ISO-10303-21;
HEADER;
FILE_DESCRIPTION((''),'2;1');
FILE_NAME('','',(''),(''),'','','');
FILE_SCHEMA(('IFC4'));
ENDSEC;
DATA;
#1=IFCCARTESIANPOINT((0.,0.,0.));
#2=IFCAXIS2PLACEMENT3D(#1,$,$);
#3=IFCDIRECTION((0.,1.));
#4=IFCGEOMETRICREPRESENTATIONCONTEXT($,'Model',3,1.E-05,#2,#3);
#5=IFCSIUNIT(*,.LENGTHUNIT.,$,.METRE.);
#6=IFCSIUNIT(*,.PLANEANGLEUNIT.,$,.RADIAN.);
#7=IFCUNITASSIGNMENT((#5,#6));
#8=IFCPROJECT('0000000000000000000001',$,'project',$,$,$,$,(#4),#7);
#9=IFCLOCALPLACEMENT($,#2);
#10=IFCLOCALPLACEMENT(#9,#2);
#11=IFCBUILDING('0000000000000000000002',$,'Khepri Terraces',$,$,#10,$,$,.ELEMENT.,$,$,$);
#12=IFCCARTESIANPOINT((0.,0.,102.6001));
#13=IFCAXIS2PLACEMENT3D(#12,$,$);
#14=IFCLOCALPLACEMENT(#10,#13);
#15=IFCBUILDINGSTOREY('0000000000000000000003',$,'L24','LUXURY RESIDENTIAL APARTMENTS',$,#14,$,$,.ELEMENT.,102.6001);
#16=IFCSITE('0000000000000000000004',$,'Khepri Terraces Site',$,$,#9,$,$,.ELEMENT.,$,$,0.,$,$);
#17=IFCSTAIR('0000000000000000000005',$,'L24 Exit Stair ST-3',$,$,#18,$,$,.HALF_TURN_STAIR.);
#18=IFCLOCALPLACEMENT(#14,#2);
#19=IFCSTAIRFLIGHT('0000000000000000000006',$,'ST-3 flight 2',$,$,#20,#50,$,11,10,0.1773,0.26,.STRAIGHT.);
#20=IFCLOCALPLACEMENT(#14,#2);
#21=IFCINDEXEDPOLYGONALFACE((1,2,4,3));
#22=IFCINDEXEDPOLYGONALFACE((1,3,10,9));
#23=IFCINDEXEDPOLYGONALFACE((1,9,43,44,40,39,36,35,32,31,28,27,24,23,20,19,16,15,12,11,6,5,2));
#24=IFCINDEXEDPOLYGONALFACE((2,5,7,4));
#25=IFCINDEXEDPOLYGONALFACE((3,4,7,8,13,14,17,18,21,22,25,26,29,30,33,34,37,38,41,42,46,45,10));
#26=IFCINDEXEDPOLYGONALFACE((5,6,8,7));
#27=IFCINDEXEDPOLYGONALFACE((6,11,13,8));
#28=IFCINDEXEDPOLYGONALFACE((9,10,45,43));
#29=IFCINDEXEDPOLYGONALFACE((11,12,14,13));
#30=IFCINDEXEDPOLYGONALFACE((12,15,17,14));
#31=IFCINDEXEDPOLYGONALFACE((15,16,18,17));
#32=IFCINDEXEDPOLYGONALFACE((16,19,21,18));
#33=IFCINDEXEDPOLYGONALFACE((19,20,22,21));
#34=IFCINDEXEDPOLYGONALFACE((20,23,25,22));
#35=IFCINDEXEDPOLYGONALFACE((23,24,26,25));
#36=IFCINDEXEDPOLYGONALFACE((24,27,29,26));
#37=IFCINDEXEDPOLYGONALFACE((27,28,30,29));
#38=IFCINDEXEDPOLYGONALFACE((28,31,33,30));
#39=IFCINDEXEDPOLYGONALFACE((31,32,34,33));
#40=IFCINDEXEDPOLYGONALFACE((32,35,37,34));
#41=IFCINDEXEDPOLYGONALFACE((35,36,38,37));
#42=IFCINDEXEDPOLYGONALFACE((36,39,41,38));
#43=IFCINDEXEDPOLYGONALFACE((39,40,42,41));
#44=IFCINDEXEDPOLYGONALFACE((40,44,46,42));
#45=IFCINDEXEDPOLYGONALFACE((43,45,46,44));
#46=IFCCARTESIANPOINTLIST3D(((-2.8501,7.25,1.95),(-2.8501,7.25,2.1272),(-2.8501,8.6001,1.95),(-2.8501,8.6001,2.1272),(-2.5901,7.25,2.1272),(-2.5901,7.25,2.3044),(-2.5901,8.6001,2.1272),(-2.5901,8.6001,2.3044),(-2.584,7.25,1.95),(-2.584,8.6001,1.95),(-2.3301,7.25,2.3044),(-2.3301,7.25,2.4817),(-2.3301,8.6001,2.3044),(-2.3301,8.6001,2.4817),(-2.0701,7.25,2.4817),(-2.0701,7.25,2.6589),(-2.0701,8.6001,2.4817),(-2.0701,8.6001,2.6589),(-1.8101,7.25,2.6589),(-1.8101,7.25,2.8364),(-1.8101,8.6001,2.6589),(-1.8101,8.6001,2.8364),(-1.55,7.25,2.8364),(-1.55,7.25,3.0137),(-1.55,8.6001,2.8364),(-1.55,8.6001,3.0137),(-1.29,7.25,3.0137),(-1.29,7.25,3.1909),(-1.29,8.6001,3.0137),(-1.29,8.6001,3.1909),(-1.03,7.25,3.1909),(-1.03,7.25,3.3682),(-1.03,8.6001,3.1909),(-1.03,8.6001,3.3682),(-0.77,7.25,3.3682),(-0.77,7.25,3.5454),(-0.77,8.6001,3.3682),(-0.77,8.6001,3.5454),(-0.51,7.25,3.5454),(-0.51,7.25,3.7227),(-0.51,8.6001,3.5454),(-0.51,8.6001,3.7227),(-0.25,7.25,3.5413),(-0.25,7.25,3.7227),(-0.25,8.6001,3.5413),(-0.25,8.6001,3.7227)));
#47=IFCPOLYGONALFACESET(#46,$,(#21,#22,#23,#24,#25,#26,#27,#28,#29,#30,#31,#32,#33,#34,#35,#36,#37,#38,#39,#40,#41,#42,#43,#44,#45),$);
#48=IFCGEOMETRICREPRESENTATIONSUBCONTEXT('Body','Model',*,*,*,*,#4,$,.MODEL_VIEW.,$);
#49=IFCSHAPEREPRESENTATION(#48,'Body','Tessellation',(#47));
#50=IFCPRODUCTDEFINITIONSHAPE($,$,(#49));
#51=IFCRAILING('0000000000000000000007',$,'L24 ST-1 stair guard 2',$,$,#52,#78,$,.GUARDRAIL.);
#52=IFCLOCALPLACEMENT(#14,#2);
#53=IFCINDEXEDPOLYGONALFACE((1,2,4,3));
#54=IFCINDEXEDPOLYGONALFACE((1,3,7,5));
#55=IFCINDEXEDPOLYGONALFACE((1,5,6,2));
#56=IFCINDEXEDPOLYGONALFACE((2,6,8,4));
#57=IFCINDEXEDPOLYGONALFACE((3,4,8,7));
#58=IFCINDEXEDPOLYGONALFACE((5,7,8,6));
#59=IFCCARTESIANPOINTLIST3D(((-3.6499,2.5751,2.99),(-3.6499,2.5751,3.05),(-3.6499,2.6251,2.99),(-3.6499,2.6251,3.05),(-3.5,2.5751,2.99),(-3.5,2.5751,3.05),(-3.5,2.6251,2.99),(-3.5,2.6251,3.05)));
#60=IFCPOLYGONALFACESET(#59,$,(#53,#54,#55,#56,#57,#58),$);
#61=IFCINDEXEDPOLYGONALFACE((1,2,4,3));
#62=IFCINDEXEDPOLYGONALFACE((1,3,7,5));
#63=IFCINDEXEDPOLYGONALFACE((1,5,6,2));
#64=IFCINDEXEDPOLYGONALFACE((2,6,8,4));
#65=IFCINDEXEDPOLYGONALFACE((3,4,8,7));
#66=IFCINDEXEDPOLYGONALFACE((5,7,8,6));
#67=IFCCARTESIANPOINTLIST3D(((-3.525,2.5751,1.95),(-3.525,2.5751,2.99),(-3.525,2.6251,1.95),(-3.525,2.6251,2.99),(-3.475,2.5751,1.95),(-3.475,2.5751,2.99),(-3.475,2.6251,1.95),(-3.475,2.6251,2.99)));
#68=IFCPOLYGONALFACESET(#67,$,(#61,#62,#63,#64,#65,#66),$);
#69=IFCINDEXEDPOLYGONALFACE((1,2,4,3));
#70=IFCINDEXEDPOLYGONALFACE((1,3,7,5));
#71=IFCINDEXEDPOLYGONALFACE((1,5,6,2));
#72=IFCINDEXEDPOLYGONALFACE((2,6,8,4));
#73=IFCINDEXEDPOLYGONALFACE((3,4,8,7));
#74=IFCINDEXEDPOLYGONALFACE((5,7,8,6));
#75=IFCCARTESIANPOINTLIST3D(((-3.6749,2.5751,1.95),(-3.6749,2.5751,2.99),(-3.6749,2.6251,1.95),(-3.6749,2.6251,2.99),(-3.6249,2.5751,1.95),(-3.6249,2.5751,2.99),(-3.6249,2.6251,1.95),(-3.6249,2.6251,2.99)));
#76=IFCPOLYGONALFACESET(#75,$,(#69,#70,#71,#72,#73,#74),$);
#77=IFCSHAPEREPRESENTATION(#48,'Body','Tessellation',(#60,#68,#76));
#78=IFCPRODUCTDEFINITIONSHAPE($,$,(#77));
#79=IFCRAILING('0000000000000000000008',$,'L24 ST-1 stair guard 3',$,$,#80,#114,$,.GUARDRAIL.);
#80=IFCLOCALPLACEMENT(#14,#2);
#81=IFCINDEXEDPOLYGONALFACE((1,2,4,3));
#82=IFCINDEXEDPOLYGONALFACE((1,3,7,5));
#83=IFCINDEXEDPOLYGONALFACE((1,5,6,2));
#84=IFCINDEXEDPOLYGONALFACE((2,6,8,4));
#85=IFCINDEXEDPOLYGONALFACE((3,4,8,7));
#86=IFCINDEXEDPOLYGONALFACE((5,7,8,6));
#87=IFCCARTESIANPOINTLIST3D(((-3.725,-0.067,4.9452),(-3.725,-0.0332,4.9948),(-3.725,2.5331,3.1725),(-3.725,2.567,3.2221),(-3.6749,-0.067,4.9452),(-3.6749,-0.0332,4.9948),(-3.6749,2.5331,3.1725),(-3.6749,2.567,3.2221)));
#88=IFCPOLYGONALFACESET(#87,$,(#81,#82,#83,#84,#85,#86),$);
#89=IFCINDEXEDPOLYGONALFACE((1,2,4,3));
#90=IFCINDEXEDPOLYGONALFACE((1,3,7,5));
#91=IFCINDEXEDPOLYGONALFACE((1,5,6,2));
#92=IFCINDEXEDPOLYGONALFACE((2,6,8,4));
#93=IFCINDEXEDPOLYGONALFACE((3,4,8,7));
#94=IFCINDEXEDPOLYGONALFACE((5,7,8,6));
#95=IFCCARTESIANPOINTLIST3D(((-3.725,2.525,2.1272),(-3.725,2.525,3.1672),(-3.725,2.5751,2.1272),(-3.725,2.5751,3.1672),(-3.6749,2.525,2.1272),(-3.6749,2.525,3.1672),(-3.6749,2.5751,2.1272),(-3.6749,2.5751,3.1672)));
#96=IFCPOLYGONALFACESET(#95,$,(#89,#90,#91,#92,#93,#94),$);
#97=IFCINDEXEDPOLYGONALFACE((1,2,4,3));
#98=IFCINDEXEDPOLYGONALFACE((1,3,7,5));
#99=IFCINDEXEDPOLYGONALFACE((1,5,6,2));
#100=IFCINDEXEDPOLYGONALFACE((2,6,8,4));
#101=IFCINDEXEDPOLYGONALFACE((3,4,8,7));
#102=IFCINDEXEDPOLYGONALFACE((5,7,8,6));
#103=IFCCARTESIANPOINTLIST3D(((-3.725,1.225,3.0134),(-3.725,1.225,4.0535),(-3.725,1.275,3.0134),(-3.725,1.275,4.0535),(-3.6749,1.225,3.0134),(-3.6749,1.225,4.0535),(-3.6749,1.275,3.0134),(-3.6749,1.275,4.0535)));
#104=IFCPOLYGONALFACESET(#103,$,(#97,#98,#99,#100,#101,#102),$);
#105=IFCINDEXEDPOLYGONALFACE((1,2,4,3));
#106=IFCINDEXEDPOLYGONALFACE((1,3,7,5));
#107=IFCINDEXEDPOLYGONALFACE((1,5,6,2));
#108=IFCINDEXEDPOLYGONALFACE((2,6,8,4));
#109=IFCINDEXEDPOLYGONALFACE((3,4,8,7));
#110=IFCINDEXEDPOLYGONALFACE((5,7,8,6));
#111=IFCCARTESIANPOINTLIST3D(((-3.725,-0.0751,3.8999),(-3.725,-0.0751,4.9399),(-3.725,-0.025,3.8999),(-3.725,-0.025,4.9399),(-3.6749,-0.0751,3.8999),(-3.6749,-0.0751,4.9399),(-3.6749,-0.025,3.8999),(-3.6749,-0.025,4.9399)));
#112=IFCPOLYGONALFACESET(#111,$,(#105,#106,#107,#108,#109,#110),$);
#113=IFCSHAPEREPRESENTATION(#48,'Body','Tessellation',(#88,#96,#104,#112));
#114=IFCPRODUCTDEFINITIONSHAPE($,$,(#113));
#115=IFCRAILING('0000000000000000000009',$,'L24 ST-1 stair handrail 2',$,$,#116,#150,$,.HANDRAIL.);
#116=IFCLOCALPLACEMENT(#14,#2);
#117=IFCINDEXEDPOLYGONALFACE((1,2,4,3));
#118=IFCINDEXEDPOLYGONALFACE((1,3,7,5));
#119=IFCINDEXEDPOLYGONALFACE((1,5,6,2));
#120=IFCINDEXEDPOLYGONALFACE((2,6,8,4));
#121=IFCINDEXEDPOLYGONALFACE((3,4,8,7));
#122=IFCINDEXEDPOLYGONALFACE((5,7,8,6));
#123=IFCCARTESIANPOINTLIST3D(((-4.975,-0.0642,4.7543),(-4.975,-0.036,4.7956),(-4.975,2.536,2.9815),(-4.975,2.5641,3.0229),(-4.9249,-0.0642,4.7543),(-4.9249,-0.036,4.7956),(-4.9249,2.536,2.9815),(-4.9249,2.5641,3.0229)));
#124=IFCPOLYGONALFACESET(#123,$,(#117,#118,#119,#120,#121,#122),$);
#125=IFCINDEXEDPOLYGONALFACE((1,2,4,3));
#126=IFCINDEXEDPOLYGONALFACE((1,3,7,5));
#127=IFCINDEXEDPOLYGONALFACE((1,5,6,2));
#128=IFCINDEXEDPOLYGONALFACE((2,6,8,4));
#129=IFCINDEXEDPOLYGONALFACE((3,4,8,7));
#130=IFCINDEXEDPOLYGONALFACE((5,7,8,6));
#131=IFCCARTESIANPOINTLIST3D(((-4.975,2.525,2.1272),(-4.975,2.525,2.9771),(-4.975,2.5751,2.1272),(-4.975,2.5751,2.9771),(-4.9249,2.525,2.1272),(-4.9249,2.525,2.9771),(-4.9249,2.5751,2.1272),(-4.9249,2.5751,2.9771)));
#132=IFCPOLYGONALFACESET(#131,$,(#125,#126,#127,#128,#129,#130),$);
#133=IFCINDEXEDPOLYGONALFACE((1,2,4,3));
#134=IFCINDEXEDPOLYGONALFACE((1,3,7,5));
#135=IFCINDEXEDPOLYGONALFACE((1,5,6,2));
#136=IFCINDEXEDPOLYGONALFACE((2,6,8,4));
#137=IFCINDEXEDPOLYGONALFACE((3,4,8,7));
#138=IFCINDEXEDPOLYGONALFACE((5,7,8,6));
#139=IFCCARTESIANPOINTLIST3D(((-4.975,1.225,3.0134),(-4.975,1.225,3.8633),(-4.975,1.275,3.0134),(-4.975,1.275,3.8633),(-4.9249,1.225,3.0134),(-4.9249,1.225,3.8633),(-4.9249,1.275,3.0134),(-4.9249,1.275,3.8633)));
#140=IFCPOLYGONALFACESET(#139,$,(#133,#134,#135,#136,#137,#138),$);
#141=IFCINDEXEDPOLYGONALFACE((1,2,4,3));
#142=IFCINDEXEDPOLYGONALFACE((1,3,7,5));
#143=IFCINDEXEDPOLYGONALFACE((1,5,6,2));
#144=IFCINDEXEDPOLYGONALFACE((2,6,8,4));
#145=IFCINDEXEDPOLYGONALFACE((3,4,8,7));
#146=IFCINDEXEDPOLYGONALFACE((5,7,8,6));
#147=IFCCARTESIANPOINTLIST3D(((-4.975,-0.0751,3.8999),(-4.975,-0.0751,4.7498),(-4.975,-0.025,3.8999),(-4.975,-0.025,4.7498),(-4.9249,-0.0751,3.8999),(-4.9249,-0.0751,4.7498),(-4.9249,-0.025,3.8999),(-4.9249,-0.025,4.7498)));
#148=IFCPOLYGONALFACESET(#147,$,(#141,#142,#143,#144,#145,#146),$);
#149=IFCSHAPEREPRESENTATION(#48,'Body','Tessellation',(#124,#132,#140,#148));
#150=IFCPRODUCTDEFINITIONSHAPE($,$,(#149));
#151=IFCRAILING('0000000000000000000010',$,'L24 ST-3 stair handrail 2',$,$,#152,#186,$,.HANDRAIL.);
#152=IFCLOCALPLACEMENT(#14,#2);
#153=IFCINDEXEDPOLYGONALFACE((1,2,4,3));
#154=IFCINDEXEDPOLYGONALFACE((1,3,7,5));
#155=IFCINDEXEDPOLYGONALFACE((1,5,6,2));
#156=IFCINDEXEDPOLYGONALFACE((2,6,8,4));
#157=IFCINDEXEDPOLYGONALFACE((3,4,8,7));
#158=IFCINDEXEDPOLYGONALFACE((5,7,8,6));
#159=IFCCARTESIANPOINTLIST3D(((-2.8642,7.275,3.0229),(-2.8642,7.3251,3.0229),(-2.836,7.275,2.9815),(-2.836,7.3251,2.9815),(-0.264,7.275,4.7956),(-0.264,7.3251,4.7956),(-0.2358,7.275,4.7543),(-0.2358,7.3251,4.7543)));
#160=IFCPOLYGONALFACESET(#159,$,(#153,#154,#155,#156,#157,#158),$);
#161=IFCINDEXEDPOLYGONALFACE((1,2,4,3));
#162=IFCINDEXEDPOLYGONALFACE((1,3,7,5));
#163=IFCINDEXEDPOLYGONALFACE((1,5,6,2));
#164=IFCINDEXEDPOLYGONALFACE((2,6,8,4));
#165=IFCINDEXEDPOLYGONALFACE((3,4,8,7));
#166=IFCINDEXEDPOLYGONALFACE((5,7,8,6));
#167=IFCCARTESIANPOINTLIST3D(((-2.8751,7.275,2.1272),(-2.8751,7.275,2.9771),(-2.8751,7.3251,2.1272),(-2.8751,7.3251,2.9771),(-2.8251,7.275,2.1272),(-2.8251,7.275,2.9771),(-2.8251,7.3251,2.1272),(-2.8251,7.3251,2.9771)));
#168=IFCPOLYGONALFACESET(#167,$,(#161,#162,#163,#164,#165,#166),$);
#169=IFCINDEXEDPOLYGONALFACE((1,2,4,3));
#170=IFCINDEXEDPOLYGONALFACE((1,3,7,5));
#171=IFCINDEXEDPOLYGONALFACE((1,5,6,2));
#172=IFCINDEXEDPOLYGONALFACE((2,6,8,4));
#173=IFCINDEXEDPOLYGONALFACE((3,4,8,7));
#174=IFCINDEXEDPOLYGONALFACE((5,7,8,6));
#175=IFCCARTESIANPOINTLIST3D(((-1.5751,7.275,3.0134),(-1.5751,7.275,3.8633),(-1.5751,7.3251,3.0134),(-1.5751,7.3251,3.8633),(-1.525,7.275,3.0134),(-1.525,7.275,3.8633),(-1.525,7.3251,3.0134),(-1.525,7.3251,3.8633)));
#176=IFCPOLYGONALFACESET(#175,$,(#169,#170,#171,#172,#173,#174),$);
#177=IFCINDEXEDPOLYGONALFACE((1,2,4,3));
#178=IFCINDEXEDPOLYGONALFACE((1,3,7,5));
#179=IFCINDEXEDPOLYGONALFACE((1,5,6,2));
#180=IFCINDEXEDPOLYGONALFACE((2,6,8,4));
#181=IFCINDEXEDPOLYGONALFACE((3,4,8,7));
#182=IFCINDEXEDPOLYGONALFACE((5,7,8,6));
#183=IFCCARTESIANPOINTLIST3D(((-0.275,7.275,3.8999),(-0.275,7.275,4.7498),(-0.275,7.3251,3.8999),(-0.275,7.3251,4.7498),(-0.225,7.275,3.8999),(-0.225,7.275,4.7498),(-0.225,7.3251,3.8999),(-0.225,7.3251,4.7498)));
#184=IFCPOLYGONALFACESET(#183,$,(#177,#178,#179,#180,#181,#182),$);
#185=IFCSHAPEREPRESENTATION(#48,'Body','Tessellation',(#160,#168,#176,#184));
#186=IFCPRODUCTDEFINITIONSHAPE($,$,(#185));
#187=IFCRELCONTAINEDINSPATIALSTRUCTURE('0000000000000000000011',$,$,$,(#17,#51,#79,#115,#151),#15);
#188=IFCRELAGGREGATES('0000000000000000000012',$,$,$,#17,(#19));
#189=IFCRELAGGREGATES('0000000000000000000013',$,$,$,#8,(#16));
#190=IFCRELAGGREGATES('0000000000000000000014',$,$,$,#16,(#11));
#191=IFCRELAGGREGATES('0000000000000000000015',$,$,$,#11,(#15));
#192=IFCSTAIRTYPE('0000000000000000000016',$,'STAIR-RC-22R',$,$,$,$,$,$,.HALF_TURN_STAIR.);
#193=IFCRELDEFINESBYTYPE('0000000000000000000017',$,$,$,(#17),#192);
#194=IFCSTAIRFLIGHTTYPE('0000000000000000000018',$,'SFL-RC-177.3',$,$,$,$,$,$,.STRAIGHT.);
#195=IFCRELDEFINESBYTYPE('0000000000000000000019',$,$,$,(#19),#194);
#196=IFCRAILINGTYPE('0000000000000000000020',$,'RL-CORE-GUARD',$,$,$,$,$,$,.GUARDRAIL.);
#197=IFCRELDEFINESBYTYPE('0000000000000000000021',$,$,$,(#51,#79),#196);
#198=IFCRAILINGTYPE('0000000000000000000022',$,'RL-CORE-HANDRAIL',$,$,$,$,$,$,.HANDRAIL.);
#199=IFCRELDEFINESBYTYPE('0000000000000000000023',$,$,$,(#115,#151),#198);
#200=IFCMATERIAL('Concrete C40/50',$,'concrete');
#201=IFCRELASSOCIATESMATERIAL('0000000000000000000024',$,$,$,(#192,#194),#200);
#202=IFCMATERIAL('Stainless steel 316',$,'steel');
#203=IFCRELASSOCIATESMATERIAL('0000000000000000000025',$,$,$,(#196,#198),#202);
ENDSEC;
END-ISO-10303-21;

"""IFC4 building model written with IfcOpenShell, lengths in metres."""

from ifc_helpers import new_model, si_unit, direction, frame, origin, origin_2d, place, context, subcontext, project, spatial, polyline, rectangle, outline, extrude, material, type_object, element, aggregate, save


model = new_model("IFC4")

# Units and contexts
model_context = context("Model", 3, precision=1e-05, world=origin(), true_north=direction((0.0, 1.0)))
body_context = subcontext(model_context, "Body", "Model", "MODEL_VIEW")
ifc_project = project(units=[si_unit("LENGTHUNIT", "METRE"), si_unit("PLANEANGLEUNIT", "RADIAN")], contexts=[model_context])

# Site, building, storey
site_placement = place(None, origin())
site = spatial("IfcSite", under=ifc_project, at=site_placement, Name="Khepri Terraces Site", CompositionType="ELEMENT", RefElevation=0.0)
building_placement = place(site_placement, origin())
building = spatial("IfcBuilding", under=site, at=building_placement, Name="Khepri Terraces", CompositionType="ELEMENT")
storey_placement = place(building_placement, frame((0.0, 0.0, 102.6001)))
storey = spatial("IfcBuildingStorey", under=building, at=storey_placement, Name="L24", Description="LUXURY RESIDENTIAL APARTMENTS", CompositionType="ELEMENT", Elevation=102.6001)

# Stair, stair flight
ifc_material_1 = material(Name="Concrete C40/50", Category="concrete")
stair_type = type_object("IfcStairType", Name="STAIR-RC-22R", PredefinedType="HALF_TURN_STAIR", material=ifc_material_1)
stair_flight_type = type_object("IfcStairFlightType", Name="SFL-RC-177.3", PredefinedType="STRAIGHT", material=ifc_material_1)
stair_1_placement = place(storey_placement, origin())
stair_1 = element("IfcStair", 1, at=stair_1_placement, inside=storey, type_object=stair_type, Name="L24 Exit Stair ST-3", PredefinedType="HALF_TURN_STAIR")
stair_flight_1_placement = place(storey_placement, frame((-2.8501, 7.925, 1.95), z_axis=(0.0, 0.0, 1.0), x_axis=(1.0, 0.0, 0.0)))
stair_flight_1 = element("IfcStairFlight", 2, at=stair_flight_1_placement, type_object=stair_flight_type, Name="ST-3 flight 2", NumberOfRisers=11, NumberOfTreads=10, PredefinedType="STRAIGHT", RiserHeight=0.1773, TreadLength=0.26, context=body_context, shape_type="SweptSolid", body=[
    extrude(outline(polyline([(0.0, 0.0), (0.0, 0.1772), (0.26, 0.1772), (0.26, 0.3545), (0.52, 0.3545), (0.52, 0.5317), (0.78, 0.5317), (0.78, 0.709), (1.04, 0.709), (1.04, 0.8865), (1.3, 0.8865), (1.3, 1.0637), (1.5601, 1.0637), (1.5601, 1.241), (1.8201, 1.241), (1.8201, 1.4182), (2.0801, 1.4182), (2.0801, 1.5955), (2.3401, 1.5955), (2.3401, 1.7727), (2.6001, 1.7727), (2.6001, 1.95), (2.6001, 1.5913), (0.2661, 0.0), (0.0, 0.0)])), frame((0.0, 0.675, 0.0), z_axis=(0.0, -1.0, 0.0), x_axis=(1.0, 0.0, 0.0)), (0.0, 0.0, 1.0), 1.3501),
])
aggregate(stair_1, [stair_flight_1])

# Railings
ifc_material_2 = material(Name="Stainless steel 316", Category="steel")
railing_type_1 = type_object("IfcRailingType", Name="RL-CORE-GUARD", PredefinedType="GUARDRAIL", material=ifc_material_2)
railing_1_placement = place(storey_placement, frame((-3.5, 2.6001, 1.95)))
element("IfcRailing", 3, at=railing_1_placement, inside=storey, type_object=railing_type_1, Name="L24 ST-1 stair guard 2", PredefinedType="GUARDRAIL", context=body_context, shape_type="SweptSolid", body=[
    extrude(rectangle(XDim=0.05, YDim=0.0601, at=origin_2d()), frame((0.0, 0.0, 1.0701), z_axis=(-1.0, 0.0, 0.0), x_axis=(0.0, -1.0, 0.0)), (0.0, 0.0, 1.0), 0.1499),
    extrude(rectangle(XDim=0.05, YDim=0.05, at=origin_2d()), origin(), (0.0, 0.0, 1.0), 1.04),
    extrude(rectangle(XDim=0.05, YDim=0.05, at=origin_2d()), frame((-0.1499, 0.0, 0.0)), (0.0, 0.0, 1.0), 1.04),
])
railing_2_placement = place(storey_placement, frame((-3.7, 2.55, 2.1272)))
element("IfcRailing", 4, at=railing_2_placement, inside=storey, type_object=railing_type_1, Name="L24 ST-1 stair guard 3", PredefinedType="GUARDRAIL", context=body_context, shape_type="SweptSolid", body=[
    extrude(rectangle(XDim=0.05, YDim=0.0601, at=origin_2d()), frame((0.0, 0.0, 1.0701), z_axis=(0.0, -0.82624, 0.563318), x_axis=(1.0, 0.0, 0.0)), (0.0, 0.0, 1.0), 3.147),
    extrude(rectangle(XDim=0.05, YDim=0.05, at=origin_2d()), origin(), (0.0, 0.0, 1.0), 1.04),
    extrude(rectangle(XDim=0.05, YDim=0.05, at=origin_2d()), frame((0.0, -1.3, 0.8862)), (0.0, 0.0, 1.0), 1.04),
    extrude(rectangle(XDim=0.05, YDim=0.05, at=origin_2d()), frame((0.0, -2.6001, 1.7727)), (0.0, 0.0, 1.0), 1.04),
])
railing_type_2 = type_object("IfcRailingType", Name="RL-CORE-HANDRAIL", PredefinedType="HANDRAIL", material=ifc_material_2)
railing_3_placement = place(storey_placement, frame((-4.95, 2.55, 2.1272)))
element("IfcRailing", 5, at=railing_3_placement, inside=storey, type_object=railing_type_2, Name="L24 ST-1 stair handrail 2", PredefinedType="HANDRAIL", context=body_context, shape_type="SweptSolid", body=[
    extrude(rectangle(XDim=0.05, YDim=0.05, at=origin_2d()), frame((0.0, 0.0, 0.875), z_axis=(0.0, -0.82624, 0.563318), x_axis=(1.0, 0.0, 0.0)), (0.0, 0.0, 1.0), 3.147),
    extrude(rectangle(XDim=0.05, YDim=0.05, at=origin_2d()), origin(), (0.0, 0.0, 1.0), 0.8499),
    extrude(rectangle(XDim=0.05, YDim=0.05, at=origin_2d()), frame((0.0, -1.3, 0.8862)), (0.0, 0.0, 1.0), 0.8499),
    extrude(rectangle(XDim=0.05, YDim=0.05, at=origin_2d()), frame((0.0, -2.6001, 1.7727)), (0.0, 0.0, 1.0), 0.8499),
])
railing_4_placement = place(storey_placement, frame((-2.8501, 7.3, 2.1272)))
element("IfcRailing", 6, at=railing_4_placement, inside=storey, type_object=railing_type_2, Name="L24 ST-3 stair handrail 2", PredefinedType="HANDRAIL", context=body_context, shape_type="SweptSolid", body=[
    extrude(rectangle(XDim=0.05, YDim=0.05, at=origin_2d()), frame((0.0, 0.0, 0.875), z_axis=(0.82624, 0.0, 0.563318), x_axis=(0.0, 1.0, 0.0)), (0.0, 0.0, 1.0), 3.147),
    extrude(rectangle(XDim=0.05, YDim=0.05, at=origin_2d()), origin(), (0.0, 0.0, 1.0), 0.8499),
    extrude(rectangle(XDim=0.05, YDim=0.05, at=origin_2d()), frame((1.3, 0.0, 0.8862)), (0.0, 0.0, 1.0), 0.8499),
    extrude(rectangle(XDim=0.05, YDim=0.05, at=origin_2d()), frame((2.6001, 0.0, 1.7727)), (0.0, 0.0, 1.0), 0.8499),
])

save(model, "model.ifc")
